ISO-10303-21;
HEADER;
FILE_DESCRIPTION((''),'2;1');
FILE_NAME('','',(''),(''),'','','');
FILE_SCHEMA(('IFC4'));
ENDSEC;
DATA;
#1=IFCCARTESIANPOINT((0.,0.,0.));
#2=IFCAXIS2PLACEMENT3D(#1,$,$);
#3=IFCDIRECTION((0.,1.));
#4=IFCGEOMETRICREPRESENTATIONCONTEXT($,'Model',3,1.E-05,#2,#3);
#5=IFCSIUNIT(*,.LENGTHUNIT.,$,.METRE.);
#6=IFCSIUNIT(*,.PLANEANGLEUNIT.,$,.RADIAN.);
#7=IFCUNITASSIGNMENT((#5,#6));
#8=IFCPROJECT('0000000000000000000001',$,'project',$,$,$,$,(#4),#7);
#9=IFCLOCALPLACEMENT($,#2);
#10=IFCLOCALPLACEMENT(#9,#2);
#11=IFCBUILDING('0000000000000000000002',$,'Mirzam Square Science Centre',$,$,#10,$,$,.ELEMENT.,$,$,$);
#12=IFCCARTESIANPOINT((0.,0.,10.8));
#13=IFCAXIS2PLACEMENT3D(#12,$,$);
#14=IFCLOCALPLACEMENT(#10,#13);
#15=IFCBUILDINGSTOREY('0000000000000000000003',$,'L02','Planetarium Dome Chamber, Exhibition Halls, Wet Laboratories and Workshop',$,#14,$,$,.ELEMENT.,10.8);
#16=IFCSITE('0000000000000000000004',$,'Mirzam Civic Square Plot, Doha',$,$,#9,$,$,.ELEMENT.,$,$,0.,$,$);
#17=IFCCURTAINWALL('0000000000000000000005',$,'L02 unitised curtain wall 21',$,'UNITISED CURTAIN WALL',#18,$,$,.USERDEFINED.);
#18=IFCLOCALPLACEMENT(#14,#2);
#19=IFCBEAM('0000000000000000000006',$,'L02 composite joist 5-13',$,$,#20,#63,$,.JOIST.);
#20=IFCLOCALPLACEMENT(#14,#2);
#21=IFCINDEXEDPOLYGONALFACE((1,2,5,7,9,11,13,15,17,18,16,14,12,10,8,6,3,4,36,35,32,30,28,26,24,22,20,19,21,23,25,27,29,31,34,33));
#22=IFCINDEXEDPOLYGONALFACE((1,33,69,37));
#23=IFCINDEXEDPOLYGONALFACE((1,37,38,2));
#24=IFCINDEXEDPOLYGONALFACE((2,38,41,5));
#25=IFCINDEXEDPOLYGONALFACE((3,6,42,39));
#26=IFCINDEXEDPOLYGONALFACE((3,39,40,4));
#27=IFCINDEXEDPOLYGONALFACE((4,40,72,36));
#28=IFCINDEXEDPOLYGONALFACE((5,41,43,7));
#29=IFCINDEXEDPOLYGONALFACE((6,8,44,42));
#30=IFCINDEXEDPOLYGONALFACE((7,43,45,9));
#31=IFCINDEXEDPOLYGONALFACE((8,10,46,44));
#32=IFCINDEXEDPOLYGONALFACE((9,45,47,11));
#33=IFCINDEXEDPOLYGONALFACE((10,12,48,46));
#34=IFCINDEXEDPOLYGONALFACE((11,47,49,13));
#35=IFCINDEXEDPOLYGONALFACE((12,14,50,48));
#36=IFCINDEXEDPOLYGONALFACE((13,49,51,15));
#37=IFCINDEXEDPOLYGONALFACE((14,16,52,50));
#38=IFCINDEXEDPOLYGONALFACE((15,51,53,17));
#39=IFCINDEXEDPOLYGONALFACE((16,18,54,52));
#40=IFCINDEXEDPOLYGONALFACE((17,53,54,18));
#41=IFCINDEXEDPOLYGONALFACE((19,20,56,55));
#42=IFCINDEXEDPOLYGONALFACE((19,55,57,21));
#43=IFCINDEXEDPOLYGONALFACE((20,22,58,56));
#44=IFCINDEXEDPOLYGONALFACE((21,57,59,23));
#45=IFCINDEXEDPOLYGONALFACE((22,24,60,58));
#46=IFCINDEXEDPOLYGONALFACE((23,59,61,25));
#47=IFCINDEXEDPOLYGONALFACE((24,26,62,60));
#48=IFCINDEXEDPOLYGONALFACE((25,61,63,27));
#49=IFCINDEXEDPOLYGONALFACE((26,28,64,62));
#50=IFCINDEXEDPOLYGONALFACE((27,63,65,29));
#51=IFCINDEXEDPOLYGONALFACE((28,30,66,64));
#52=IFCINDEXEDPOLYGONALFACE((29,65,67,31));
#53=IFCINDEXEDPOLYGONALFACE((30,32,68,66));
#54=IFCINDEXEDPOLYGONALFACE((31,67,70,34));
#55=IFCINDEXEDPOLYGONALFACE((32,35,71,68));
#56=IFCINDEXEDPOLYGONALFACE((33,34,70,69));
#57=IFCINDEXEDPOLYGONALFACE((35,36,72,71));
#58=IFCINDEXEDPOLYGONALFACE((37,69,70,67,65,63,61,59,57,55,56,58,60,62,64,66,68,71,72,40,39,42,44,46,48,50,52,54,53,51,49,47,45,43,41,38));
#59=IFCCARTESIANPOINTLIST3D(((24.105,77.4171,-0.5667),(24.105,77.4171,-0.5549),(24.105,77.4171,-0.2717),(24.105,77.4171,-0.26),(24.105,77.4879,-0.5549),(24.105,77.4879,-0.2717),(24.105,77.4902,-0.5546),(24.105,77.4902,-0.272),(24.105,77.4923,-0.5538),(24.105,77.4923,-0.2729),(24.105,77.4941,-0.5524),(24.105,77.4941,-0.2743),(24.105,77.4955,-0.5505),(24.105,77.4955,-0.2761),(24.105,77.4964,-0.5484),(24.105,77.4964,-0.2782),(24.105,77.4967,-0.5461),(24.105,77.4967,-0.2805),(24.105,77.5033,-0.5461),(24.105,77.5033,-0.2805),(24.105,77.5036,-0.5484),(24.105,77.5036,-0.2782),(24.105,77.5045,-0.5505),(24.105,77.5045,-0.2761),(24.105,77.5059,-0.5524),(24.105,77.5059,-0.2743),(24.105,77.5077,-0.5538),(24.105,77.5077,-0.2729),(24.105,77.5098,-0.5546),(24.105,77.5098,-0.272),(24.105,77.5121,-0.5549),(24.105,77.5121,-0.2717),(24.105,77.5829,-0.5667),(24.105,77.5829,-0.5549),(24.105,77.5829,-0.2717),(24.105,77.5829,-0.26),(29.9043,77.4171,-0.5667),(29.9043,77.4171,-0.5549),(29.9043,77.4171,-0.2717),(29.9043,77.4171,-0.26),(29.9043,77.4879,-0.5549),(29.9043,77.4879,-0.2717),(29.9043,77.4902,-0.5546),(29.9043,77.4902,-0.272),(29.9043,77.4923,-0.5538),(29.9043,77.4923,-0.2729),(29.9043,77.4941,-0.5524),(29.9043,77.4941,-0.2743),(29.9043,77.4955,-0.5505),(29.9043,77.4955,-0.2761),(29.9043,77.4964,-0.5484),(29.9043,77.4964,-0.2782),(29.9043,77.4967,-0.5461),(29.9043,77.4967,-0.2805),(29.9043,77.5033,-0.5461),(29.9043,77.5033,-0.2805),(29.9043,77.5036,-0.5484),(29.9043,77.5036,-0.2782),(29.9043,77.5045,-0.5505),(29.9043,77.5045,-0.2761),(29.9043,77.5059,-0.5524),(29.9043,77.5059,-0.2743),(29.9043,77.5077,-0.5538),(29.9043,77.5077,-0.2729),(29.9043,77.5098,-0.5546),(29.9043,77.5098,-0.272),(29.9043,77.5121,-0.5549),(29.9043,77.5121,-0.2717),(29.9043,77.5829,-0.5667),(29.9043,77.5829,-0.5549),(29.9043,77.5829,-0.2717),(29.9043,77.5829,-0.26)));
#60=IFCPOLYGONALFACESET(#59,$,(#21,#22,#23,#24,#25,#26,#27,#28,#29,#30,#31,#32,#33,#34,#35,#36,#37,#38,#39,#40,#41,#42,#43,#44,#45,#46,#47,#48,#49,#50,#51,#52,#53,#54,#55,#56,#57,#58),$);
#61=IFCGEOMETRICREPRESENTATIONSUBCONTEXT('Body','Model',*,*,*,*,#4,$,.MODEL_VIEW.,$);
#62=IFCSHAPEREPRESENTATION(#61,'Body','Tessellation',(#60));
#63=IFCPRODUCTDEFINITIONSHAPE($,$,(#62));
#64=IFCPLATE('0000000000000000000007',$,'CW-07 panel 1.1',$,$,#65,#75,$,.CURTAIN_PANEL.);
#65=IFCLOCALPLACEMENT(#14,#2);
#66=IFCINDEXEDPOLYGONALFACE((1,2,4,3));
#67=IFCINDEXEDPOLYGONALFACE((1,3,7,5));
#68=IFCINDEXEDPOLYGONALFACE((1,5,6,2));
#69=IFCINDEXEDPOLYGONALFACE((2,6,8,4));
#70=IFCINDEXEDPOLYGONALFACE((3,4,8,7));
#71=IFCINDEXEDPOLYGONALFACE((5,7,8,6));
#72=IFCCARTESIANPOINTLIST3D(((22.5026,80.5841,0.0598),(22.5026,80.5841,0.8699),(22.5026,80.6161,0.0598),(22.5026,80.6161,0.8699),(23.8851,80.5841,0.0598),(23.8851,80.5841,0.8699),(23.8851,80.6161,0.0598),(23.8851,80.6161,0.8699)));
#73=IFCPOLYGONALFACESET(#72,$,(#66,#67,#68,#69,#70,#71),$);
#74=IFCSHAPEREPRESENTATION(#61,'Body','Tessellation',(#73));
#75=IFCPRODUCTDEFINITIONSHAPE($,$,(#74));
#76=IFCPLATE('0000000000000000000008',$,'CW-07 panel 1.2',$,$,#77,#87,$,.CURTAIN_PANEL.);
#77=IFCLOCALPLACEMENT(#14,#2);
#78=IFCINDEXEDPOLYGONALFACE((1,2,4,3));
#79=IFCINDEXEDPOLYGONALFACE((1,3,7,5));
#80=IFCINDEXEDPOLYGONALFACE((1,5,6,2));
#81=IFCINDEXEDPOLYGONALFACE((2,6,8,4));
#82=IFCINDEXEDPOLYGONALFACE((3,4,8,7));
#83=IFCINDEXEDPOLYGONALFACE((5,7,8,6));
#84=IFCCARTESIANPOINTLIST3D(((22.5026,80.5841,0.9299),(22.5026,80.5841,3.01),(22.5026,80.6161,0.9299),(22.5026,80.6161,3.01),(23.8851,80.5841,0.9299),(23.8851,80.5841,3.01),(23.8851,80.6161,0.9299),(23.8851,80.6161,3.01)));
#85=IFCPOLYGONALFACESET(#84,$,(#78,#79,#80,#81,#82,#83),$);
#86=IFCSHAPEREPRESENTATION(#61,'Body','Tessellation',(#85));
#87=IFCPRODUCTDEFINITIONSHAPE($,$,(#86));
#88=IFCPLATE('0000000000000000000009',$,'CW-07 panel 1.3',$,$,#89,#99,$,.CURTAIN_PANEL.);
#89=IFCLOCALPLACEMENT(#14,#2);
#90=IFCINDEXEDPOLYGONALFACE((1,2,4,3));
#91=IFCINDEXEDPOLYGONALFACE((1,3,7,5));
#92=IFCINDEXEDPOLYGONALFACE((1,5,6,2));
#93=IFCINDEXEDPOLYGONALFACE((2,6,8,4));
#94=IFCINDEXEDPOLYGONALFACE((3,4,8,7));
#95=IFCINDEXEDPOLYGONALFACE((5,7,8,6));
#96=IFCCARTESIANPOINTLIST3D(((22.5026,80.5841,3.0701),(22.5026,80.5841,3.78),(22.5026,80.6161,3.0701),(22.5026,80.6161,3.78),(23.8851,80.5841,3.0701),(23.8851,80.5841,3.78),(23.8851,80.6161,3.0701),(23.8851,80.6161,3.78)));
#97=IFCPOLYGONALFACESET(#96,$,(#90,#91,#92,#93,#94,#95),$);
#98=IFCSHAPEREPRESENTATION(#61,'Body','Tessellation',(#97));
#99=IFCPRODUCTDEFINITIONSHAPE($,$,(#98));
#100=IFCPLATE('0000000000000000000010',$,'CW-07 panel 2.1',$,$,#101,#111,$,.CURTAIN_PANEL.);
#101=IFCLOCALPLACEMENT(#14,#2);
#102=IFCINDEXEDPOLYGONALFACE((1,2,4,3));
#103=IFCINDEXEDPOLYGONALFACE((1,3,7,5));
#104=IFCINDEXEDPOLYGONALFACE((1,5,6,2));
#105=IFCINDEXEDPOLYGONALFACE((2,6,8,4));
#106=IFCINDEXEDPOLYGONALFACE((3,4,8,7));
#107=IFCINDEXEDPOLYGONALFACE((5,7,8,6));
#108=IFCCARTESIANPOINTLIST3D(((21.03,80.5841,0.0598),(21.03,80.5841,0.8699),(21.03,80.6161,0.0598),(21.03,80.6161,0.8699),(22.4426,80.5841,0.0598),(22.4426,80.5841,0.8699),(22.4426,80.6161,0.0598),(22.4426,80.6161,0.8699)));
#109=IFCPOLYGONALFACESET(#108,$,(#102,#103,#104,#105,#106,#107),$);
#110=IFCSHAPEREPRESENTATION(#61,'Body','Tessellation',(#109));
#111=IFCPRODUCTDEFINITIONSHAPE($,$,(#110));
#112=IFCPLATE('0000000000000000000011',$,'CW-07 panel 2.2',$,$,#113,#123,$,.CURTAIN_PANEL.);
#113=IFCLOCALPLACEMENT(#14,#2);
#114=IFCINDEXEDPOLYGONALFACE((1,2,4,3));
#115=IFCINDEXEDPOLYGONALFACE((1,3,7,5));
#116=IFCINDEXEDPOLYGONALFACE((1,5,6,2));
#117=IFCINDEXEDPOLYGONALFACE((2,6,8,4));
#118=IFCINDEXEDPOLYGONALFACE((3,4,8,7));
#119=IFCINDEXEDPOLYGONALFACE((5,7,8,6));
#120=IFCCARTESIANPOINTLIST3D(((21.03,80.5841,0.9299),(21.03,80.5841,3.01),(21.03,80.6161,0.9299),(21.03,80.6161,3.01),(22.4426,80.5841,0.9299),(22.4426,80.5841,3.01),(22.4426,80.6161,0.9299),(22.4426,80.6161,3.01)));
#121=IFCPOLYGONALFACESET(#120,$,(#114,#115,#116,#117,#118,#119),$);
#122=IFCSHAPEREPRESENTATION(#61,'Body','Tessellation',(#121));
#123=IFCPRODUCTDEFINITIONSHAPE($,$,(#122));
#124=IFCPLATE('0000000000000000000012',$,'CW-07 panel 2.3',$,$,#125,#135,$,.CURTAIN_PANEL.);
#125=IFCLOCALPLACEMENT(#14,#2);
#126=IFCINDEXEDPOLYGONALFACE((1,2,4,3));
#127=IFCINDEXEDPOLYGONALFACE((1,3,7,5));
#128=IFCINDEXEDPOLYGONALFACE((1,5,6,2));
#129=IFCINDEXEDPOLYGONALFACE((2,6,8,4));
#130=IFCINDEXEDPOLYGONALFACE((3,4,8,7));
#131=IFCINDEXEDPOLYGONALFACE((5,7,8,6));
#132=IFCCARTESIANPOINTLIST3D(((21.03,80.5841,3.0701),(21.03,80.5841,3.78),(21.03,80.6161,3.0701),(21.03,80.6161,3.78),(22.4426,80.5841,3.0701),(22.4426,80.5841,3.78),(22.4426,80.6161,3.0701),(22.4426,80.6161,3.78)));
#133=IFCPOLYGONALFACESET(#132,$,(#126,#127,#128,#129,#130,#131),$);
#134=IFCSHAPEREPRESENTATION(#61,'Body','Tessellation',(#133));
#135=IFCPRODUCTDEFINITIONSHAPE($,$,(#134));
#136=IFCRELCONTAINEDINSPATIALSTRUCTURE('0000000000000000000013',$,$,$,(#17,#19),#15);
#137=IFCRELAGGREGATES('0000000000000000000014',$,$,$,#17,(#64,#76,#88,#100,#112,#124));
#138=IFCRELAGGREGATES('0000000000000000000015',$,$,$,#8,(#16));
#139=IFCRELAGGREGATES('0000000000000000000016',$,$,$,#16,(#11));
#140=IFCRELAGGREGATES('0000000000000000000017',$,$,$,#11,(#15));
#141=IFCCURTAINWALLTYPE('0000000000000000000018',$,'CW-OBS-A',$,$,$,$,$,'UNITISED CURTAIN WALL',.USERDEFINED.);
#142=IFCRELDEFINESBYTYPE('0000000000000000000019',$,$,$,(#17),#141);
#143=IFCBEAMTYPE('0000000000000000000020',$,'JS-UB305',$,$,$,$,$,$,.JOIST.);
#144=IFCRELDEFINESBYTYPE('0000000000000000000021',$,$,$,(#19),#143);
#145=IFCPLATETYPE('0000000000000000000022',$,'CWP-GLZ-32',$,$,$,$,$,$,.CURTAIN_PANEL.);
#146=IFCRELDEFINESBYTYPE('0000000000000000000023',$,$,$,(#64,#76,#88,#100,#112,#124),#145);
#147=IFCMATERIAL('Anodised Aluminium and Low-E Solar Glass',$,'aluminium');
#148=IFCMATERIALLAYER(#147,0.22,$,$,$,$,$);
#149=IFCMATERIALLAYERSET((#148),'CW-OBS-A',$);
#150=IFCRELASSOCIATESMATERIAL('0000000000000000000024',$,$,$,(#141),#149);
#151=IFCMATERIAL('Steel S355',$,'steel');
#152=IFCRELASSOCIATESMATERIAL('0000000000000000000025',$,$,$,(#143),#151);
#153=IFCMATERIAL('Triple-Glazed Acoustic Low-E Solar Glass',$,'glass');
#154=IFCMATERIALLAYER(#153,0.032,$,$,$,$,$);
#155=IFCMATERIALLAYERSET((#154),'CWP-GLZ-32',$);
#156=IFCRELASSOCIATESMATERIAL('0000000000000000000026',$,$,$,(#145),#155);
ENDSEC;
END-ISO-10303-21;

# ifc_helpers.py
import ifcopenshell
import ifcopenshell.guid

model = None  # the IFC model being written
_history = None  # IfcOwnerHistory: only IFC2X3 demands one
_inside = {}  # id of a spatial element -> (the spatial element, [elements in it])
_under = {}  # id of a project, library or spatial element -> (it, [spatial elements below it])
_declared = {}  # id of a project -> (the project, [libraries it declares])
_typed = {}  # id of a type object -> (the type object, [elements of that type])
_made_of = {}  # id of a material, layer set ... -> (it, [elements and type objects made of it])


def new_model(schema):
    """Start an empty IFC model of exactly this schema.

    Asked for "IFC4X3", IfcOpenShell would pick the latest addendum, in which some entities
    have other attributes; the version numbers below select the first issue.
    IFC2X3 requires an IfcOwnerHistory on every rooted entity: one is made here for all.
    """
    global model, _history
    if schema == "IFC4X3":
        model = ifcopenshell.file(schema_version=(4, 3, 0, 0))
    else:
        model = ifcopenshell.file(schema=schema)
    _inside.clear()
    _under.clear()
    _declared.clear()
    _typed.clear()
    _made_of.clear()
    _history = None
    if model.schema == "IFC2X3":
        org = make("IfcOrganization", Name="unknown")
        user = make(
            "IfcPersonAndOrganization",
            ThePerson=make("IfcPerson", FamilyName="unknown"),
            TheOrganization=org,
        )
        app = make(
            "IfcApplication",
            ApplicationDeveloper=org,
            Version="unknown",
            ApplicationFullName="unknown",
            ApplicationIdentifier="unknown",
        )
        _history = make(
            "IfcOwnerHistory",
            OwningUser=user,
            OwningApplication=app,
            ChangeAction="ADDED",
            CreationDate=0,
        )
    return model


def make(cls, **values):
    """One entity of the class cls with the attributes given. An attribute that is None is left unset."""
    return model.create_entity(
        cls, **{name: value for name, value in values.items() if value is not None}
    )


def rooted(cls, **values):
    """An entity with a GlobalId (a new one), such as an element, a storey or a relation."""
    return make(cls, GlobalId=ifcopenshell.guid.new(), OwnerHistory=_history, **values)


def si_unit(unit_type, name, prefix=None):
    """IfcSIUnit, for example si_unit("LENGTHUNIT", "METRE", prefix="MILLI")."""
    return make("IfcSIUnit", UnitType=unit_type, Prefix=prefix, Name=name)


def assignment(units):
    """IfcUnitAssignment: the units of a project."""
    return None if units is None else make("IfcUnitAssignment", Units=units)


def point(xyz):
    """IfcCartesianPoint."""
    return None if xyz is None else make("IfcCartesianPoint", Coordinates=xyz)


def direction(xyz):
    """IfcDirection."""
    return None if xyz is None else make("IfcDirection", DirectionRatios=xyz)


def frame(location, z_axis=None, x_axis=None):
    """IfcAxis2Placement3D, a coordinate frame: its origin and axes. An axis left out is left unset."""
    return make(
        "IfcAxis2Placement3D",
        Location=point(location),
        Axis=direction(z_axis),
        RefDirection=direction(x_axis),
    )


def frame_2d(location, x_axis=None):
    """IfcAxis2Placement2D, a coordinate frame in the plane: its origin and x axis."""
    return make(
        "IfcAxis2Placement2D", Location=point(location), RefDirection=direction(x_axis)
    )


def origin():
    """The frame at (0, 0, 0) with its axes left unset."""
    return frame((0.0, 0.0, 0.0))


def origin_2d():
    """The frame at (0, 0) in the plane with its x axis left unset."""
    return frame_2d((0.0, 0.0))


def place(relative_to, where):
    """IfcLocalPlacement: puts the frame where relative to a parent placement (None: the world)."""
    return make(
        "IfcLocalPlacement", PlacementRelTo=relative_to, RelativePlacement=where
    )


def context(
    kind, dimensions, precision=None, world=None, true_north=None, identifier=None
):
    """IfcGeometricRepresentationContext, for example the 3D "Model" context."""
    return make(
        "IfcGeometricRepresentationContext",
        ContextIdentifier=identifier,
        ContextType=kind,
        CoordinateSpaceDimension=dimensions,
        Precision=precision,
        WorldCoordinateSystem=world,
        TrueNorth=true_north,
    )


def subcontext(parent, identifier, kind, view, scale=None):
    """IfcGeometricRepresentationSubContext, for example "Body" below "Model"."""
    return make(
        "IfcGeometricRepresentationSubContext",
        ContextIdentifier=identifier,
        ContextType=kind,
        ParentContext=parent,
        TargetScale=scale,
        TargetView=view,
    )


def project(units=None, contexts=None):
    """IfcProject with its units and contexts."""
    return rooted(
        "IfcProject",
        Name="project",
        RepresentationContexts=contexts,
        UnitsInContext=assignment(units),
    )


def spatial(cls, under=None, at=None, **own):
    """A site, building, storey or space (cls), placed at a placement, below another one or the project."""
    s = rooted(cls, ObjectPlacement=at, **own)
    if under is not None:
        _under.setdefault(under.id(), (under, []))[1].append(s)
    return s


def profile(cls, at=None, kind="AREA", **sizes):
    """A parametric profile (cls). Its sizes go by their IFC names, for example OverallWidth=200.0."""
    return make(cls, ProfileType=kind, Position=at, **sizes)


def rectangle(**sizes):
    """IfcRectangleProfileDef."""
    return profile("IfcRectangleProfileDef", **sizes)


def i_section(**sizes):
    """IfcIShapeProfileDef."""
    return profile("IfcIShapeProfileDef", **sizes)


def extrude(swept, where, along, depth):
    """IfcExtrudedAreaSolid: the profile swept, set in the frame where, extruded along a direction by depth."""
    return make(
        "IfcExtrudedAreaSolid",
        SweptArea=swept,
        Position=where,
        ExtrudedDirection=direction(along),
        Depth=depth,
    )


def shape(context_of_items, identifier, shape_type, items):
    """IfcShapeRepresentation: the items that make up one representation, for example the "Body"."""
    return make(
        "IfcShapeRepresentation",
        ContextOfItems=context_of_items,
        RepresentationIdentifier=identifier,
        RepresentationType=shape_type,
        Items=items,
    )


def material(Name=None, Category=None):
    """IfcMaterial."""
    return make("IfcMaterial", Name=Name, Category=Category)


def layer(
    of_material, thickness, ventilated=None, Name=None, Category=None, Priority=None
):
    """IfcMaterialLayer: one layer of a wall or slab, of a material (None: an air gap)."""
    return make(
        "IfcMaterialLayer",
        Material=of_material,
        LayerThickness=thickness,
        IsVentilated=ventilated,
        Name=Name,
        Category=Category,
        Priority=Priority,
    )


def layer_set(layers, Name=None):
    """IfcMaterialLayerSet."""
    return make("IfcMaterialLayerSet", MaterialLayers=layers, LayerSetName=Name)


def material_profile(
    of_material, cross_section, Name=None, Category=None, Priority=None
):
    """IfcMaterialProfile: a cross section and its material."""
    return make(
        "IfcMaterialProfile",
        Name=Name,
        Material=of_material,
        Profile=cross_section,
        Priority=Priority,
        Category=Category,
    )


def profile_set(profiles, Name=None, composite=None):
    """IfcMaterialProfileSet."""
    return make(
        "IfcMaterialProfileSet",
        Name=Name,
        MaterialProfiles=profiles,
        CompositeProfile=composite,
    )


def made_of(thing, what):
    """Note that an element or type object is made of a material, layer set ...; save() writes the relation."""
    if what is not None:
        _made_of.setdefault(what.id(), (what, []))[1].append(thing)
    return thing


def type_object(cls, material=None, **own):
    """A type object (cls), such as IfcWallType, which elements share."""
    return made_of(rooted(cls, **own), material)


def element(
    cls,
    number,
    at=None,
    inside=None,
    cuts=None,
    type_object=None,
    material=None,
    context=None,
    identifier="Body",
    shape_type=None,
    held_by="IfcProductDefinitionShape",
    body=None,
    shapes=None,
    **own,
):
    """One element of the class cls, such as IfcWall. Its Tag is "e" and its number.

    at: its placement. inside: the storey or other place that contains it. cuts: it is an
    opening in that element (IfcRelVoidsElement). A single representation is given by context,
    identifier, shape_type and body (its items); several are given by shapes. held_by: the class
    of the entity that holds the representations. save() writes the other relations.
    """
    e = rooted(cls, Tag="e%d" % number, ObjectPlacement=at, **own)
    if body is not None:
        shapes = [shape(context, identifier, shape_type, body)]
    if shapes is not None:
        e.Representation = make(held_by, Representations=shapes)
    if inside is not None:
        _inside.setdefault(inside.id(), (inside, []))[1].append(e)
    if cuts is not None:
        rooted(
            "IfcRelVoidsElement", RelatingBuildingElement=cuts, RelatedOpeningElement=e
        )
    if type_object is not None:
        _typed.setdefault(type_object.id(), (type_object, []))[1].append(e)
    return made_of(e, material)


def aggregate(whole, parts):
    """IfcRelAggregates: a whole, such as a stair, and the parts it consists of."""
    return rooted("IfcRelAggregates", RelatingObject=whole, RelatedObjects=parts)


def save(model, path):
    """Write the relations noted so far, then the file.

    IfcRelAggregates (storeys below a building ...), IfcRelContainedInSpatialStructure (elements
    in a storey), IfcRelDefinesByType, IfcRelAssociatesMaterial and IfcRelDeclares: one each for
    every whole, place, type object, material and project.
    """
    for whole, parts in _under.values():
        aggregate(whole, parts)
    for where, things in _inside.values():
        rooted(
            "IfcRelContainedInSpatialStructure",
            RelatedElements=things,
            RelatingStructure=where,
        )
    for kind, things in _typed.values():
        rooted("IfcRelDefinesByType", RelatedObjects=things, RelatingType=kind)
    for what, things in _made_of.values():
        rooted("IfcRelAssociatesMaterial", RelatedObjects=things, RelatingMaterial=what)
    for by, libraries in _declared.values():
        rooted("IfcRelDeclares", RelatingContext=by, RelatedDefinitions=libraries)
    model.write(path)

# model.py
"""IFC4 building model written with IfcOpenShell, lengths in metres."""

from ifc_helpers import new_model, si_unit, direction, frame, origin, origin_2d, place, context, subcontext, project, spatial, rectangle, i_section, extrude, material, layer, layer_set, material_profile, profile_set, type_object, element, aggregate, save


model = new_model("IFC4")

# Units and contexts
model_context = context("Model", 3, precision=1e-05, world=origin(), true_north=direction((0.0, 1.0)))
body_context = subcontext(model_context, "Body", "Model", "MODEL_VIEW")
ifc_project = project(units=[si_unit("LENGTHUNIT", "METRE"), si_unit("PLANEANGLEUNIT", "RADIAN")], contexts=[model_context])

# Site, building, storey
site_placement = place(None, origin())
site = spatial("IfcSite", under=ifc_project, at=site_placement, Name="Mirzam Civic Square Plot, Doha", CompositionType="ELEMENT", RefElevation=0.0)
building_placement = place(site_placement, origin())
building = spatial("IfcBuilding", under=site, at=building_placement, Name="Mirzam Square Science Centre", CompositionType="ELEMENT")
storey_placement = place(building_placement, frame((0.0, 0.0, 10.8)))
storey = spatial("IfcBuildingStorey", under=building, at=storey_placement, Name="L02", Description="Planetarium Dome Chamber, Exhibition Halls, Wet Laboratories and Workshop", CompositionType="ELEMENT", Elevation=10.8)

# Curtain wall
ifc_material_1 = material(Name="Anodised Aluminium and Low-E Solar Glass", Category="aluminium")
ifc_layer_1 = layer(ifc_material_1, 0.22)
ifc_layer_set_1 = layer_set([ifc_layer_1], Name="CW-OBS-A")
curtain_wall_type = type_object("IfcCurtainWallType", Name="CW-OBS-A", ElementType="UNITISED CURTAIN WALL", PredefinedType="USERDEFINED", material=ifc_layer_set_1)
curtain_wall_placement = place(storey_placement, origin())
curtain_wall = element("IfcCurtainWall", 1, at=curtain_wall_placement, inside=storey, type_object=curtain_wall_type, Name="L02 unitised curtain wall 21", ObjectType="UNITISED CURTAIN WALL", PredefinedType="USERDEFINED")

# Beam
ifc_material_2 = material(Name="Steel S355", Category="steel")
ifc_material_profile_1 = material_profile(ifc_material_2, i_section(OverallWidth=0.1658, OverallDepth=0.3066, WebThickness=0.0066, FlangeThickness=0.0117, FilletRadius=0.0088, at=origin_2d()), Name="305x165x46UB")
ifc_profile_set_1 = profile_set([ifc_material_profile_1], Name="Steel S355")
beam_type = type_object("IfcBeamType", Name="JS-UB305", PredefinedType="JOIST", material=ifc_profile_set_1)
beam_placement = place(storey_placement, frame((24.105, 77.5, -0.4133), z_axis=(1.0, 0.0, 0.0), x_axis=(0.0, 1.0, 0.0)))
element("IfcBeam", 2, at=beam_placement, inside=storey, type_object=beam_type, Name="L02 composite joist 5-13", PredefinedType="JOIST", context=body_context, shape_type="SweptSolid", body=[
    extrude(i_section(OverallWidth=0.1658, OverallDepth=0.3066, WebThickness=0.0066, FlangeThickness=0.0117, FilletRadius=0.0088, at=origin_2d()), origin(), (0.0, 0.0, 1.0), 5.7993),
])

# Plates
ifc_material_3 = material(Name="Triple-Glazed Acoustic Low-E Solar Glass", Category="glass")
ifc_layer_2 = layer(ifc_material_3, 0.032)
ifc_layer_set_2 = layer_set([ifc_layer_2], Name="CWP-GLZ-32")
plate_type = type_object("IfcPlateType", Name="CWP-GLZ-32", PredefinedType="CURTAIN_PANEL", material=ifc_layer_set_2)
plate_1_placement = place(storey_placement, frame((23.1938, 80.6001, 0.0598), z_axis=(0.0, 0.0, 1.0), x_axis=(-1.0, 0.0, 0.0)))
plate_1 = element("IfcPlate", 3, at=plate_1_placement, type_object=plate_type, Name="CW-07 panel 1.1", PredefinedType="CURTAIN_PANEL", context=body_context, shape_type="SweptSolid", body=[
    extrude(rectangle(XDim=1.3826, YDim=0.032, at=origin_2d()), origin(), (0.0, 0.0, 1.0), 0.8101),
])
plate_2_placement = place(storey_placement, frame((23.1938, 80.6001, 0.9299), z_axis=(0.0, 0.0, 1.0), x_axis=(-1.0, 0.0, 0.0)))
plate_2 = element("IfcPlate", 4, at=plate_2_placement, type_object=plate_type, Name="CW-07 panel 1.2", PredefinedType="CURTAIN_PANEL", context=body_context, shape_type="SweptSolid", body=[
    extrude(rectangle(XDim=1.3826, YDim=0.032, at=origin_2d()), origin(), (0.0, 0.0, 1.0), 2.0801),
])
plate_3_placement = place(storey_placement, frame((23.1938, 80.6001, 3.0701), z_axis=(0.0, 0.0, 1.0), x_axis=(-1.0, 0.0, 0.0)))
plate_3 = element("IfcPlate", 5, at=plate_3_placement, type_object=plate_type, Name="CW-07 panel 1.3", PredefinedType="CURTAIN_PANEL", context=body_context, shape_type="SweptSolid", body=[
    extrude(rectangle(XDim=1.3826, YDim=0.032, at=origin_2d()), origin(), (0.0, 0.0, 1.0), 0.71),
])
plate_4_placement = place(storey_placement, frame((21.7363, 80.6001, 0.0598), z_axis=(0.0, 0.0, 1.0), x_axis=(-1.0, 0.0, 0.0)))
plate_4 = element("IfcPlate", 6, at=plate_4_placement, type_object=plate_type, Name="CW-07 panel 2.1", PredefinedType="CURTAIN_PANEL", context=body_context, shape_type="SweptSolid", body=[
    extrude(rectangle(XDim=1.4126, YDim=0.032, at=origin_2d()), origin(), (0.0, 0.0, 1.0), 0.8101),
])
plate_5_placement = place(storey_placement, frame((21.7363, 80.6001, 0.9299), z_axis=(0.0, 0.0, 1.0), x_axis=(-1.0, 0.0, 0.0)))
plate_5 = element("IfcPlate", 7, at=plate_5_placement, type_object=plate_type, Name="CW-07 panel 2.2", PredefinedType="CURTAIN_PANEL", context=body_context, shape_type="SweptSolid", body=[
    extrude(rectangle(XDim=1.4126, YDim=0.032, at=origin_2d()), origin(), (0.0, 0.0, 1.0), 2.0801),
])
plate_6_placement = place(storey_placement, frame((21.7363, 80.6001, 3.0701), z_axis=(0.0, 0.0, 1.0), x_axis=(-1.0, 0.0, 0.0)))
plate_6 = element("IfcPlate", 8, at=plate_6_placement, type_object=plate_type, Name="CW-07 panel 2.3", PredefinedType="CURTAIN_PANEL", context=body_context, shape_type="SweptSolid", body=[
    extrude(rectangle(XDim=1.4126, YDim=0.032, at=origin_2d()), origin(), (0.0, 0.0, 1.0), 0.71),
])
aggregate(curtain_wall, [plate_1, plate_2, plate_3, plate_4, plate_5, plate_6])

save(model, "model.ifc")
